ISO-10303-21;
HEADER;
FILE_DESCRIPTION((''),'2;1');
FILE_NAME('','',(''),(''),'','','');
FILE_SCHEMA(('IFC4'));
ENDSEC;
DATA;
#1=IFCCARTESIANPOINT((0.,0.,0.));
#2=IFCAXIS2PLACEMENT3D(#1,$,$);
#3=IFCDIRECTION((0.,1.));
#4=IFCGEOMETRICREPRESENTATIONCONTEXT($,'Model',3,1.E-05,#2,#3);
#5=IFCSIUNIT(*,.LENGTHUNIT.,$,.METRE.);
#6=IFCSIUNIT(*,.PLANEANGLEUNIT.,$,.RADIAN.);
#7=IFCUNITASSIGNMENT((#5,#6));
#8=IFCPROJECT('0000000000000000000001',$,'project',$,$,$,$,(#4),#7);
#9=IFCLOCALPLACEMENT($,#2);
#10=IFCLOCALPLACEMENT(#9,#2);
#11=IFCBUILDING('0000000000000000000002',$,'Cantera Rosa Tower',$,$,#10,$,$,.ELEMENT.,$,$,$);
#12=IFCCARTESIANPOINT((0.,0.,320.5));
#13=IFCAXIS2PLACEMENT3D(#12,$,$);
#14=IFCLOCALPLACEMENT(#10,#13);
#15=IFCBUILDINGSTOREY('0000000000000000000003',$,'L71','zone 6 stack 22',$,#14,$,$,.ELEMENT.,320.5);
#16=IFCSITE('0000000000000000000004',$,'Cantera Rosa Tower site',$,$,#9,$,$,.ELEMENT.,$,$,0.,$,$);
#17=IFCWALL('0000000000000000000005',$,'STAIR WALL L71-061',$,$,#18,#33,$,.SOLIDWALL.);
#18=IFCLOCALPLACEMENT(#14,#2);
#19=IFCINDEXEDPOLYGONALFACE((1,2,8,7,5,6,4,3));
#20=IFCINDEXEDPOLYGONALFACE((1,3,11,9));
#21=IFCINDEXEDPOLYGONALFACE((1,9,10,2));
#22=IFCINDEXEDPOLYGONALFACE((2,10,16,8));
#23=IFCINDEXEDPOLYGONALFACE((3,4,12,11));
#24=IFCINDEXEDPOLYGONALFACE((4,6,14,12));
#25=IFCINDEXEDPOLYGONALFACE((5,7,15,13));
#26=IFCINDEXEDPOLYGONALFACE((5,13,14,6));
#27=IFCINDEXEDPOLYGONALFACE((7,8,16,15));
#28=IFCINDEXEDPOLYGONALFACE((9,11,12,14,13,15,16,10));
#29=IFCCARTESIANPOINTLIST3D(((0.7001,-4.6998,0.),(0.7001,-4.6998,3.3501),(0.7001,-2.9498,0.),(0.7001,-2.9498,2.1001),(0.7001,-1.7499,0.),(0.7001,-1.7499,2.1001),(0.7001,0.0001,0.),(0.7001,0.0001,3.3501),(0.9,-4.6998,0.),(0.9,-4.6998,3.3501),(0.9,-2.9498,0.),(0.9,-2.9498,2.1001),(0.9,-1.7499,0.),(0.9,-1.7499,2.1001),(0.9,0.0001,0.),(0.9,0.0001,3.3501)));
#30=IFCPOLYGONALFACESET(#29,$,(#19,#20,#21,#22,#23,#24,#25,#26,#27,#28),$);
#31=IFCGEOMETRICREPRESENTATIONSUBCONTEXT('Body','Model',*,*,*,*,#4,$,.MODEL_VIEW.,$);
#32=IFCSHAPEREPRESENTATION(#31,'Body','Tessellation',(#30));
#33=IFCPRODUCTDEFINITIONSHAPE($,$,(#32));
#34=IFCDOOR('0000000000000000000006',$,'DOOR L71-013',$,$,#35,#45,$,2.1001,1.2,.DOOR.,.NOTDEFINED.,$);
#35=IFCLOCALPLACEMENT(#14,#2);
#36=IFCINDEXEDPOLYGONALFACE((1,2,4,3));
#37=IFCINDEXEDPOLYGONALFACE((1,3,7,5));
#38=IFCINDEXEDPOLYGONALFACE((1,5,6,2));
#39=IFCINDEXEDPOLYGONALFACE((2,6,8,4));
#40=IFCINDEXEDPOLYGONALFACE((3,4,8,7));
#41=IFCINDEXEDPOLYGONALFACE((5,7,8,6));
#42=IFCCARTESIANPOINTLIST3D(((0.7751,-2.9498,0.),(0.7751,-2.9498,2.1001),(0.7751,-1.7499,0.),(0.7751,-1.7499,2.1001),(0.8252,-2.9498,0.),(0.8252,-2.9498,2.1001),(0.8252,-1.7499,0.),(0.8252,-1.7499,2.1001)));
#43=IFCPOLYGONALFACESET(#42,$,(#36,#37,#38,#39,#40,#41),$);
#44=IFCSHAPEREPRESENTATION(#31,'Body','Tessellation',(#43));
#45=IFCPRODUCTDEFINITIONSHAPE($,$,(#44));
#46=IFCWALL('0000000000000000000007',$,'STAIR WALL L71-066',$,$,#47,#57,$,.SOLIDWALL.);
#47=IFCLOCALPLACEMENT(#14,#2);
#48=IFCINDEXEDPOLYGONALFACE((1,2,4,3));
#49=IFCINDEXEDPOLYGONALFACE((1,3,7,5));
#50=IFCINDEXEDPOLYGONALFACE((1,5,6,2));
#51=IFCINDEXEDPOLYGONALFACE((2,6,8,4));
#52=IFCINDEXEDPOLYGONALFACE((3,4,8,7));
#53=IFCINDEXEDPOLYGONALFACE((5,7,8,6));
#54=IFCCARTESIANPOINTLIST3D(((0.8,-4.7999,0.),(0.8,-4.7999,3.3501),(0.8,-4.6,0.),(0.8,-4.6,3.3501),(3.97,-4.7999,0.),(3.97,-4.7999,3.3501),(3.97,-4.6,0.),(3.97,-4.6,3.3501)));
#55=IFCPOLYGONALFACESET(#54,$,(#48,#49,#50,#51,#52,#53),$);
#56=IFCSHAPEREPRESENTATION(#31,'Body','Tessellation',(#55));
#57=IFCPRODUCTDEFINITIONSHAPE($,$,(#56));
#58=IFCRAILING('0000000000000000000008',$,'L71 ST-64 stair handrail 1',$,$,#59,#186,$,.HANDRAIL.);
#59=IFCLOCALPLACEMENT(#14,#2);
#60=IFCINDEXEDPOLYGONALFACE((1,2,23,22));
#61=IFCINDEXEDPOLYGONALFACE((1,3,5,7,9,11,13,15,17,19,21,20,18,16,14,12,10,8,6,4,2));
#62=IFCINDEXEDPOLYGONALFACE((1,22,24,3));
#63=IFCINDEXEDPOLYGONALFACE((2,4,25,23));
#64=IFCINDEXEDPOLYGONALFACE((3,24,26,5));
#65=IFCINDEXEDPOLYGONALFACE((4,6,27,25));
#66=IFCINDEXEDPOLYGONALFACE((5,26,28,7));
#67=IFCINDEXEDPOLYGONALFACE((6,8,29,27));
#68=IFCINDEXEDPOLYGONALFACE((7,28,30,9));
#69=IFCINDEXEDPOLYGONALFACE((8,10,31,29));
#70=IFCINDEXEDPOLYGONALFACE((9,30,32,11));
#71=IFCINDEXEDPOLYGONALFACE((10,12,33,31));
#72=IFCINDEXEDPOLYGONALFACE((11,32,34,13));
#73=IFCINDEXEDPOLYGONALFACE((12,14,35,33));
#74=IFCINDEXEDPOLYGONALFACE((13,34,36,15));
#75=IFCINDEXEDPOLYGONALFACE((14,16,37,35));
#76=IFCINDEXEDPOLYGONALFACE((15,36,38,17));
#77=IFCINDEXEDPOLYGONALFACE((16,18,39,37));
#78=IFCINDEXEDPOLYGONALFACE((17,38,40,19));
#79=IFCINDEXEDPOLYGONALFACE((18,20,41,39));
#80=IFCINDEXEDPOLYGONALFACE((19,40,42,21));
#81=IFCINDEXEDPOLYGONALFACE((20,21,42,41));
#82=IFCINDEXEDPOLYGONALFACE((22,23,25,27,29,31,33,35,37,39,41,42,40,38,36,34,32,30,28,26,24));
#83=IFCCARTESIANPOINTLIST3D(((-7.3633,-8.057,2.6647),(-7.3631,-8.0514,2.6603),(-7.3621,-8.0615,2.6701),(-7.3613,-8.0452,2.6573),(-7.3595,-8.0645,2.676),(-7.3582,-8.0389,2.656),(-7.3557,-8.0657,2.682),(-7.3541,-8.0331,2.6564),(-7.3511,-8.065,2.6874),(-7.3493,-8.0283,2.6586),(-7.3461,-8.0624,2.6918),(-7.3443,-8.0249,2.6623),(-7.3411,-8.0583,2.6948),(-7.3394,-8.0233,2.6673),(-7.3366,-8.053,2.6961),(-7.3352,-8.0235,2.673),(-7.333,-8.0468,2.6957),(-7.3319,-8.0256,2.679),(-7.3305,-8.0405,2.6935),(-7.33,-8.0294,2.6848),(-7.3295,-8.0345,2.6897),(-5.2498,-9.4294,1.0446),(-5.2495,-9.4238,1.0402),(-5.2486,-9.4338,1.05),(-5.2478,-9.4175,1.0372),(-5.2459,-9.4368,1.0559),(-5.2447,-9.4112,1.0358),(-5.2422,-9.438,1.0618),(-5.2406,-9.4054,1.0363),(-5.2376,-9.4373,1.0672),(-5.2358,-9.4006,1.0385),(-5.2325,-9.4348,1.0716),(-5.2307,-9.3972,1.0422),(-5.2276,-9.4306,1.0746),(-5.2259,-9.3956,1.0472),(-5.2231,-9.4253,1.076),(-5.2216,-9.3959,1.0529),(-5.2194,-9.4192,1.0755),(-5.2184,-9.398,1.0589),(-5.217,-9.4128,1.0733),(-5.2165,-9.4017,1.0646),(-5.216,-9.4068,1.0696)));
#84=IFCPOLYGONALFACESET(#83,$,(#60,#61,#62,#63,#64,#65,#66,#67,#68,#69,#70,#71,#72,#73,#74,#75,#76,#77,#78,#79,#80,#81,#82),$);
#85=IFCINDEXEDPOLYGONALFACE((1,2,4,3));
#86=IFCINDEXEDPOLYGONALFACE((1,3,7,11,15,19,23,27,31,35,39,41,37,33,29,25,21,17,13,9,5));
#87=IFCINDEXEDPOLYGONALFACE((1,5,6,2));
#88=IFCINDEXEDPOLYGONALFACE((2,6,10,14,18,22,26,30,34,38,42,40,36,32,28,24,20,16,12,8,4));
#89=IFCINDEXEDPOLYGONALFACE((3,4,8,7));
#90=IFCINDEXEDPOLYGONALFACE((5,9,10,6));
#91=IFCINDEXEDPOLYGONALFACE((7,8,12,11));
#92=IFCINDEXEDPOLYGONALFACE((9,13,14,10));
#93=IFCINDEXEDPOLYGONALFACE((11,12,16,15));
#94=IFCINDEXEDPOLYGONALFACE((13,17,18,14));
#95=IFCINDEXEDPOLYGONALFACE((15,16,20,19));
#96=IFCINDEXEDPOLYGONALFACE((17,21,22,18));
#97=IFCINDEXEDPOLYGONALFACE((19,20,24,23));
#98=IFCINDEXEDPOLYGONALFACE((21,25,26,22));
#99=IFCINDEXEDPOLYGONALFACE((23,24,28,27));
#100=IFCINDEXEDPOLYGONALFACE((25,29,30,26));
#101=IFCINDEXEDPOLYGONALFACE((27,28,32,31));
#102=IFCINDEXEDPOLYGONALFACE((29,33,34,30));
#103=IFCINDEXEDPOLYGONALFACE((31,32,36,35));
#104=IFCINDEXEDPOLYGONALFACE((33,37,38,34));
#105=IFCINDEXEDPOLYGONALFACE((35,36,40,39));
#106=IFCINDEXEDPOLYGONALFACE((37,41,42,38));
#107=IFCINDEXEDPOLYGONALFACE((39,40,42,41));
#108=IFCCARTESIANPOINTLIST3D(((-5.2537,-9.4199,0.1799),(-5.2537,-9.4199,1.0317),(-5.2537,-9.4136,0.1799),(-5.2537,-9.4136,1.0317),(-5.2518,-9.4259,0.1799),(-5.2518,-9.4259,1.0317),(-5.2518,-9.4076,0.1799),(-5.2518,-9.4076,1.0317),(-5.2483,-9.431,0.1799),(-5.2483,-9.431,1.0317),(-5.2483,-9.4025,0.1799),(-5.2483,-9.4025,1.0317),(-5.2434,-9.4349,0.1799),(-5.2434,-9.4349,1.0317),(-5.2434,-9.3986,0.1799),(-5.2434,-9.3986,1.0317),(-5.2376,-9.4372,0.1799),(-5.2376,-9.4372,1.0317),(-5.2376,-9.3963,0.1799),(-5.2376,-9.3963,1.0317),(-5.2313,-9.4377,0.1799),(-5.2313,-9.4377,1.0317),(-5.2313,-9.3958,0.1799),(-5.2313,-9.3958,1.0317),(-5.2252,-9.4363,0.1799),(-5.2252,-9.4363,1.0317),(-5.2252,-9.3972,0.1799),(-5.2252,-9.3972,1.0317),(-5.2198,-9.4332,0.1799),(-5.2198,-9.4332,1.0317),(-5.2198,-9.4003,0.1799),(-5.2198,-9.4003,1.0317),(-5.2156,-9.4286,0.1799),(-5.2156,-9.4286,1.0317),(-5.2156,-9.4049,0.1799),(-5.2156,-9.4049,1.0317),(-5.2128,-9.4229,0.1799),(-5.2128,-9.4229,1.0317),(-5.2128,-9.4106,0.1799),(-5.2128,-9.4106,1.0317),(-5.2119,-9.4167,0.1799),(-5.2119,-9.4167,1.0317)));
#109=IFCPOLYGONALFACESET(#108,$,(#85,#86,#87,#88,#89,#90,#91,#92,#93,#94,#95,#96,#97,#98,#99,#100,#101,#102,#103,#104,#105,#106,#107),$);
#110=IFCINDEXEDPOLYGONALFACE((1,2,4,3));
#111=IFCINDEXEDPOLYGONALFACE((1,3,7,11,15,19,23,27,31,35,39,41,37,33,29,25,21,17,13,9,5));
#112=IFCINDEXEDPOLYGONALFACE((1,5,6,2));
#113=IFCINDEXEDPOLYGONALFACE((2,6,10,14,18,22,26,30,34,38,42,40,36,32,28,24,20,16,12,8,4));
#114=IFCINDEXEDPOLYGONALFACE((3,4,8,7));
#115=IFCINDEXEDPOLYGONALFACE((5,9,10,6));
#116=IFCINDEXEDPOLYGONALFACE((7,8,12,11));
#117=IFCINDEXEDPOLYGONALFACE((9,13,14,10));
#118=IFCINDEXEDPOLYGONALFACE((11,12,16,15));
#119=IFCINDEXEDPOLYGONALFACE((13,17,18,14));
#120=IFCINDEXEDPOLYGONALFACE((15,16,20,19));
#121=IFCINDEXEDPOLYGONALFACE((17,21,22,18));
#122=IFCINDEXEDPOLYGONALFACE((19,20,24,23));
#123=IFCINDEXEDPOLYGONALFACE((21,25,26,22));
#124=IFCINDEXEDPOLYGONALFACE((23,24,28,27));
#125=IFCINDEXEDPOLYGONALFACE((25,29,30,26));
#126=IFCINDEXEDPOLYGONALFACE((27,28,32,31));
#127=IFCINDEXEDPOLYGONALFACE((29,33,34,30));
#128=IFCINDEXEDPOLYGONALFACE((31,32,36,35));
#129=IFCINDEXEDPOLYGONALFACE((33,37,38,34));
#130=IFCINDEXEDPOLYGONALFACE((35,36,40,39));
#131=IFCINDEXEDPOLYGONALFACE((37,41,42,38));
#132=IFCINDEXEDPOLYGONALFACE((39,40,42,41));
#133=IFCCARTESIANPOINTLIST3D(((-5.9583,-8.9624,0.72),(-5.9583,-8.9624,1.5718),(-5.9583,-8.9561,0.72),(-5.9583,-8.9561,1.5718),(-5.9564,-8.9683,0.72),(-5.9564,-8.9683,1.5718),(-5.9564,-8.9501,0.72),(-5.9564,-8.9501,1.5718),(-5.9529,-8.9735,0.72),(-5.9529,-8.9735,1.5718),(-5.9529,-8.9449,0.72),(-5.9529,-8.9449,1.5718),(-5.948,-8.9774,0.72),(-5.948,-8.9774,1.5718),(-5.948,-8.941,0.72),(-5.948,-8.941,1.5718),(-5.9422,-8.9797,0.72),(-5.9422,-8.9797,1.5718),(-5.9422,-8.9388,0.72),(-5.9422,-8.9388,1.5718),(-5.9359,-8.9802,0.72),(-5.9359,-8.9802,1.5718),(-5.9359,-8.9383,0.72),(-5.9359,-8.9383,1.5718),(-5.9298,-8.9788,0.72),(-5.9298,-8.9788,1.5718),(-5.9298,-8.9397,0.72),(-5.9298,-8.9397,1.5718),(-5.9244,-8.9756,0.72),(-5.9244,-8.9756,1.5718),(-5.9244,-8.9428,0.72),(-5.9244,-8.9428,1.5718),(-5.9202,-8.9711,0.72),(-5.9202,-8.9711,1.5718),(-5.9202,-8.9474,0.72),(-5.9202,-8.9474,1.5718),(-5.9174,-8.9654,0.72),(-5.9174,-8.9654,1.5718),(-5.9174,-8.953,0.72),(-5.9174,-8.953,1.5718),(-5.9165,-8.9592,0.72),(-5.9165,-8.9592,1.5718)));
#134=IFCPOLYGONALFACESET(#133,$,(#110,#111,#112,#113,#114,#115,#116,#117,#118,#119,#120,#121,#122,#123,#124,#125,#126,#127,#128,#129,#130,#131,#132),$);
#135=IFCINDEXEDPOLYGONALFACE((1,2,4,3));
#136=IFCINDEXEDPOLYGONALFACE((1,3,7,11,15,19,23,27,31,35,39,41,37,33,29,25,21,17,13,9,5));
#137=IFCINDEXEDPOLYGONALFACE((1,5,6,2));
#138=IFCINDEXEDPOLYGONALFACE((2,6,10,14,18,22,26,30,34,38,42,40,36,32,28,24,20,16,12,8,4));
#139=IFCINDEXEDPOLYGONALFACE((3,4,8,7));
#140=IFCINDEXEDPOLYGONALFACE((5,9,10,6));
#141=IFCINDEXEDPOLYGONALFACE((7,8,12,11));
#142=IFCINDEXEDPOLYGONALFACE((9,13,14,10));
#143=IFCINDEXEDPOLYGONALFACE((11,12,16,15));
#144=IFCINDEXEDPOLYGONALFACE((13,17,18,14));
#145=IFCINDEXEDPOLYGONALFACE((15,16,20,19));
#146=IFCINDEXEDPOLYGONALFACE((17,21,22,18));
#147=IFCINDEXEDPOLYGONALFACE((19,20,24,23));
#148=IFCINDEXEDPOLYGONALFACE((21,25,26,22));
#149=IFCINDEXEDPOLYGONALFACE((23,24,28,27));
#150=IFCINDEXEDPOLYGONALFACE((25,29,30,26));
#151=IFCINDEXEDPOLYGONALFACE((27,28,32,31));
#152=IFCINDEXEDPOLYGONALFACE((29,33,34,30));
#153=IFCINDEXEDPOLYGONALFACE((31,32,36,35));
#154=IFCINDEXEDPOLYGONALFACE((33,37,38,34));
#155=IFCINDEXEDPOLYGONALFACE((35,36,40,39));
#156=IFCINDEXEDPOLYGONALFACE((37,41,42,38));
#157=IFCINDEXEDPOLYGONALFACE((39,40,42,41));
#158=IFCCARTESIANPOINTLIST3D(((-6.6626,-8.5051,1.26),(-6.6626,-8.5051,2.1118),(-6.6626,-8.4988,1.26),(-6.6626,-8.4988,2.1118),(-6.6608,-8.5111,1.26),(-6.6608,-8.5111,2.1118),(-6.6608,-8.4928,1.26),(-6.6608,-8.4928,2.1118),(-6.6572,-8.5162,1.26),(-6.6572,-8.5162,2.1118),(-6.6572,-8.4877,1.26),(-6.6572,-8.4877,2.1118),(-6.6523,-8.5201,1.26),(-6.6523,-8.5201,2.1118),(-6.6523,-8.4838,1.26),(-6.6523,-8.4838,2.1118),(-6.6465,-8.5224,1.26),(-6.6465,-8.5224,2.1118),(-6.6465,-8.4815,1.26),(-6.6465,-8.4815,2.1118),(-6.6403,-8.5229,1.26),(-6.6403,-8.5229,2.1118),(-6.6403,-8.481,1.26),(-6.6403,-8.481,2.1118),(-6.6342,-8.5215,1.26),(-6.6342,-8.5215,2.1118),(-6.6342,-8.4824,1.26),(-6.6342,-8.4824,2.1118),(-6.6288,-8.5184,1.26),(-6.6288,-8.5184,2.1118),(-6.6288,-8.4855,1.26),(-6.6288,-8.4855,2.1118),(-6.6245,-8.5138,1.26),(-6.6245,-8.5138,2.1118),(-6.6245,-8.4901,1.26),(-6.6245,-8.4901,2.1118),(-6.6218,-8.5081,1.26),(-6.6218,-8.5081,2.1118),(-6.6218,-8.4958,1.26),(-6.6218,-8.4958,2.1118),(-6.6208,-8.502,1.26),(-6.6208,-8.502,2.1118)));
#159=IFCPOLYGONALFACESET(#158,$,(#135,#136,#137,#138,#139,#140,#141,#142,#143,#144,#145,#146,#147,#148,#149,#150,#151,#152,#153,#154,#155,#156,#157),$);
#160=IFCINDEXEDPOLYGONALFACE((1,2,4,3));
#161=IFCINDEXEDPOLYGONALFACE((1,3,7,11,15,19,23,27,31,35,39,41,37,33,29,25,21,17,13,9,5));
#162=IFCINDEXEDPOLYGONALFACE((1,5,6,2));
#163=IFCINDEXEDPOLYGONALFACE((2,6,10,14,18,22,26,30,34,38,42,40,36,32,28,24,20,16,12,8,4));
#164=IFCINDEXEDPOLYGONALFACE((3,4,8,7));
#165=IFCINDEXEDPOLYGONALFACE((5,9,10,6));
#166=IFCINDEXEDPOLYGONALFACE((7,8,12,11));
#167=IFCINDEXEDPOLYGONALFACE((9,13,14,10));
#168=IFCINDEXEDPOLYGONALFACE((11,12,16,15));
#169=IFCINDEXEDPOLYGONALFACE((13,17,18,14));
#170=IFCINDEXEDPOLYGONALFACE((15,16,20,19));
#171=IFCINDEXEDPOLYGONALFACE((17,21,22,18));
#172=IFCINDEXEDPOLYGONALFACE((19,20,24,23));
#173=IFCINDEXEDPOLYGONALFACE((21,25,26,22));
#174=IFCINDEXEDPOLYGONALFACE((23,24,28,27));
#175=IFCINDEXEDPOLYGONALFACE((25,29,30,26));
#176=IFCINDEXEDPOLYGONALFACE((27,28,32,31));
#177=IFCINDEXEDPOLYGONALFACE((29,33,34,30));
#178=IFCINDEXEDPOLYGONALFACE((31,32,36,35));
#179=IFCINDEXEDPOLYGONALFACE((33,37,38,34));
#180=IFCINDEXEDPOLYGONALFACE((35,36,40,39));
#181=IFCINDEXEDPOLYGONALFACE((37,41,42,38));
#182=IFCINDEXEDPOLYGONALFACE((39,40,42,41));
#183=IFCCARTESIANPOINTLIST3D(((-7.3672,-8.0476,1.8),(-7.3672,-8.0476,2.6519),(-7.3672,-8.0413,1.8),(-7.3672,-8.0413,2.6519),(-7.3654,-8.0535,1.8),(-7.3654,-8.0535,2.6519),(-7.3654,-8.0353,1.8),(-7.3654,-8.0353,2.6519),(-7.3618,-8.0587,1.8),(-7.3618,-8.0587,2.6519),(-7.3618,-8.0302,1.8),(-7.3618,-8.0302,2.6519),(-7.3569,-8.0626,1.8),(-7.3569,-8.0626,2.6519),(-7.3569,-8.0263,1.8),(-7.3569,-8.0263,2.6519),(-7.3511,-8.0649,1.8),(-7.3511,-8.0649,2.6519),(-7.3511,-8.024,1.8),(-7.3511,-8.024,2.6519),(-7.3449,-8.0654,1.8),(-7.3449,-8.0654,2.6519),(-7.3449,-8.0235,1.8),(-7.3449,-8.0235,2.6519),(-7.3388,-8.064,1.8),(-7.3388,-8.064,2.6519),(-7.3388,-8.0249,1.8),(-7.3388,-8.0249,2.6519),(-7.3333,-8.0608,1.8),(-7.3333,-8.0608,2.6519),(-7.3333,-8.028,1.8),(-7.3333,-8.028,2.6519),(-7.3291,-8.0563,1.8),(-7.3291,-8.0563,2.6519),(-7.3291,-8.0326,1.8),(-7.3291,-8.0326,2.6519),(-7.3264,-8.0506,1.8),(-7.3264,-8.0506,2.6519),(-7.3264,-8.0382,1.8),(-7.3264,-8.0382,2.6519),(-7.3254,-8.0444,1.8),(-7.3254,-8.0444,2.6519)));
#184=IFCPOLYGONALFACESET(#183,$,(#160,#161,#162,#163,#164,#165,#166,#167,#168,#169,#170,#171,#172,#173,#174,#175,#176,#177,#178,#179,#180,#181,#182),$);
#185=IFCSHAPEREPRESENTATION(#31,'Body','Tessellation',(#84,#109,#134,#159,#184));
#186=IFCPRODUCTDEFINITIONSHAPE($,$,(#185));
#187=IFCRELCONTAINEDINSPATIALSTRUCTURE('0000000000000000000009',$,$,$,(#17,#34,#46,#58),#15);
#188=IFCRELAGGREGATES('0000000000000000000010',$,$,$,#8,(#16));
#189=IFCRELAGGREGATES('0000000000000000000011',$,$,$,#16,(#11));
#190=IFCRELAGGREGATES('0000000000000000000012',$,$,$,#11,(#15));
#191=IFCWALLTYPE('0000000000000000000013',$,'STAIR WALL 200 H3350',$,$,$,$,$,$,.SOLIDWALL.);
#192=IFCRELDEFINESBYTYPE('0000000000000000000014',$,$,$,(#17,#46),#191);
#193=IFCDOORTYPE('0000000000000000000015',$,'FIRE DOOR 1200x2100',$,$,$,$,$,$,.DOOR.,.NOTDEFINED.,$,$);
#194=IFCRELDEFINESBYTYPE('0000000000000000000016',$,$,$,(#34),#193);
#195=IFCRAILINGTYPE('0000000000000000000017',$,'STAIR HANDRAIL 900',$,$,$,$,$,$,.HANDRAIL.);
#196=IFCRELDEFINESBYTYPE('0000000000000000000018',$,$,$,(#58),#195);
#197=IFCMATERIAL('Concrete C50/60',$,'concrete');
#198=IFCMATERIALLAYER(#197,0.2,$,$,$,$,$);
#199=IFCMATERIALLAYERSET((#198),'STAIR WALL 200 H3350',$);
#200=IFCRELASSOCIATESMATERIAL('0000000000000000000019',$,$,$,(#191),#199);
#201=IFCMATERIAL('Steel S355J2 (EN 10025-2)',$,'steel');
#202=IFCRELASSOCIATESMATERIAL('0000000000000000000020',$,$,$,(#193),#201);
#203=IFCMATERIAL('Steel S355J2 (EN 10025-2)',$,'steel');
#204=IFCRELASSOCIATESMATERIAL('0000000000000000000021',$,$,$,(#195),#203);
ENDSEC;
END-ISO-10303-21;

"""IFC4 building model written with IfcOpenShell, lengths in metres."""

from ifc_helpers import new_model, si_unit, direction, frame, frame_2d, origin, origin_2d, place, context, subcontext, project, spatial, rectangle, circle, extrude, material, layer, layer_set, type_object, element, fill, save


model = new_model("IFC4")

# Units and contexts
model_context = context("Model", 3, precision=1e-05, world=origin(), true_north=direction((0.0, 1.0)))
body_context = subcontext(model_context, "Body", "Model", "MODEL_VIEW")
ifc_project = project(units=[si_unit("LENGTHUNIT", "METRE"), si_unit("PLANEANGLEUNIT", "RADIAN")], contexts=[model_context])

# Site, building, storey
site_placement = place(None, origin())
site = spatial("IfcSite", under=ifc_project, at=site_placement, Name="Cantera Rosa Tower site", CompositionType="ELEMENT", RefElevation=0.0)
building_placement = place(site_placement, origin())
building = spatial("IfcBuilding", under=site, at=building_placement, Name="Cantera Rosa Tower", CompositionType="ELEMENT")
storey_placement = place(building_placement, frame((0.0, 0.0, 320.5)))
storey = spatial("IfcBuildingStorey", under=building, at=storey_placement, Name="L71", Description="zone 6 stack 22", CompositionType="ELEMENT", Elevation=320.5)

# Shared definitions
ifc_material_1 = material(Name="Concrete C50/60", Category="concrete")
ifc_layer_1 = layer(ifc_material_1, 0.2)
ifc_layer_set_1 = layer_set([ifc_layer_1], Name="STAIR WALL 200 H3350")
wall_type_1 = type_object("IfcWallType", Name="STAIR WALL 200 H3350", PredefinedType="SOLIDWALL", material=ifc_layer_set_1)

# Wall, opening, door
wall_1_placement = place(storey_placement, frame((0.8, -4.7, 0.0), z_axis=(0.0, 0.0, 1.0), x_axis=(0.0, 1.0, 0.0)))
wall_1 = element("IfcWall", 1, at=wall_1_placement, inside=storey, type_object=wall_type_1, Name="STAIR WALL L71-061", PredefinedType="SOLIDWALL", context=body_context, shape_type="SweptSolid", body=[
    extrude(rectangle(XDim=4.7, YDim=0.2, at=frame_2d((2.3501, 0.0))), origin(), (0.0, 0.0, 1.0), 3.3501),
])
opening_1_placement = place(wall_1_placement, frame((1.75, 0.0, 0.0)))
opening_1 = element("IfcOpeningElement", 2, at=opening_1_placement, cuts=wall_1, PredefinedType="OPENING", context=body_context, shape_type="SweptSolid", body=[
    extrude(rectangle(XDim=1.2, YDim=2.1001, at=frame_2d((0.6001, 1.05))), frame((0.0, 0.1099, 0.0), z_axis=(0.0, -1.0, 0.0), x_axis=(1.0, 0.0, 0.0)), (0.0, 0.0, 1.0), 0.22),
])
ifc_material_2 = material(Name="Steel S355J2 (EN 10025-2)", Category="steel")
door_type_1 = type_object("IfcDoorType", Name="FIRE DOOR 1200x2100", OperationType="NOTDEFINED", PredefinedType="DOOR", material=ifc_material_2)
door_1_placement = place(opening_1_placement, origin())
door_1 = element("IfcDoor", 3, at=door_1_placement, inside=storey, type_object=door_type_1, Name="DOOR L71-013", OperationType="NOTDEFINED", OverallHeight=2.1001, OverallWidth=1.2, PredefinedType="DOOR", context=body_context, shape_type="SweptSolid", body=[
    extrude(rectangle(XDim=1.2, YDim=2.1001, at=frame_2d((0.6001, 1.05))), frame((0.0, 0.0249, 0.0), z_axis=(0.0, -1.0, 0.0), x_axis=(1.0, 0.0, 0.0)), (0.0, 0.0, 1.0), 0.05),
])
fill(opening_1, door_1)

# Wall
wall_2_placement = place(storey_placement, frame((3.97, -4.7, 0.0), z_axis=(0.0, 0.0, 1.0), x_axis=(-1.0, 0.0, 0.0)))
element("IfcWall", 4, at=wall_2_placement, inside=storey, type_object=wall_type_1, Name="STAIR WALL L71-066", PredefinedType="SOLIDWALL", context=body_context, shape_type="SweptSolid", body=[
    extrude(rectangle(XDim=3.1699, YDim=0.2, at=frame_2d((1.585, 0.0))), origin(), (0.0, 0.0, 1.0), 3.3501),
])

# Railing
ifc_material_3 = material(Name="Steel S355J2 (EN 10025-2)", Category="steel")
railing_type_1 = type_object("IfcRailingType", Name="STAIR HANDRAIL 900", PredefinedType="HANDRAIL", material=ifc_material_3)
railing_1_placement = place(storey_placement, frame((-5.2329, -9.4167, 0.1799)))
element("IfcRailing", 5, at=railing_1_placement, inside=storey, type_object=railing_type_1, Name="L71 ST-64 stair handrail 1", PredefinedType="HANDRAIL", context=body_context, shape_type="SweptSolid", body=[
    extrude(circle(Radius=0.0239, at=origin_2d()), frame((0.0, 0.0, 0.876), z_axis=(-0.705488, 0.458074, 0.54079), x_axis=(-0.544576, -0.838711, 0.0)), (0.0, 0.0, 1.0), 2.9958),
    extrude(circle(Radius=0.021, at=origin_2d()), origin(), (0.0, 0.0, 1.0), 0.8518),
    extrude(circle(Radius=0.021, at=origin_2d()), frame((-0.7046, 0.4575, 0.54)), (0.0, 0.0, 1.0), 0.8518),
    extrude(circle(Radius=0.021, at=origin_2d()), frame((-1.4089, 0.9148, 1.0801)), (0.0, 0.0, 1.0), 0.8518),
    extrude(circle(Radius=0.021, at=origin_2d()), frame((-2.1135, 1.3723, 1.6201)), (0.0, 0.0, 1.0), 0.8518),
])

save(model, "model.ifc")
